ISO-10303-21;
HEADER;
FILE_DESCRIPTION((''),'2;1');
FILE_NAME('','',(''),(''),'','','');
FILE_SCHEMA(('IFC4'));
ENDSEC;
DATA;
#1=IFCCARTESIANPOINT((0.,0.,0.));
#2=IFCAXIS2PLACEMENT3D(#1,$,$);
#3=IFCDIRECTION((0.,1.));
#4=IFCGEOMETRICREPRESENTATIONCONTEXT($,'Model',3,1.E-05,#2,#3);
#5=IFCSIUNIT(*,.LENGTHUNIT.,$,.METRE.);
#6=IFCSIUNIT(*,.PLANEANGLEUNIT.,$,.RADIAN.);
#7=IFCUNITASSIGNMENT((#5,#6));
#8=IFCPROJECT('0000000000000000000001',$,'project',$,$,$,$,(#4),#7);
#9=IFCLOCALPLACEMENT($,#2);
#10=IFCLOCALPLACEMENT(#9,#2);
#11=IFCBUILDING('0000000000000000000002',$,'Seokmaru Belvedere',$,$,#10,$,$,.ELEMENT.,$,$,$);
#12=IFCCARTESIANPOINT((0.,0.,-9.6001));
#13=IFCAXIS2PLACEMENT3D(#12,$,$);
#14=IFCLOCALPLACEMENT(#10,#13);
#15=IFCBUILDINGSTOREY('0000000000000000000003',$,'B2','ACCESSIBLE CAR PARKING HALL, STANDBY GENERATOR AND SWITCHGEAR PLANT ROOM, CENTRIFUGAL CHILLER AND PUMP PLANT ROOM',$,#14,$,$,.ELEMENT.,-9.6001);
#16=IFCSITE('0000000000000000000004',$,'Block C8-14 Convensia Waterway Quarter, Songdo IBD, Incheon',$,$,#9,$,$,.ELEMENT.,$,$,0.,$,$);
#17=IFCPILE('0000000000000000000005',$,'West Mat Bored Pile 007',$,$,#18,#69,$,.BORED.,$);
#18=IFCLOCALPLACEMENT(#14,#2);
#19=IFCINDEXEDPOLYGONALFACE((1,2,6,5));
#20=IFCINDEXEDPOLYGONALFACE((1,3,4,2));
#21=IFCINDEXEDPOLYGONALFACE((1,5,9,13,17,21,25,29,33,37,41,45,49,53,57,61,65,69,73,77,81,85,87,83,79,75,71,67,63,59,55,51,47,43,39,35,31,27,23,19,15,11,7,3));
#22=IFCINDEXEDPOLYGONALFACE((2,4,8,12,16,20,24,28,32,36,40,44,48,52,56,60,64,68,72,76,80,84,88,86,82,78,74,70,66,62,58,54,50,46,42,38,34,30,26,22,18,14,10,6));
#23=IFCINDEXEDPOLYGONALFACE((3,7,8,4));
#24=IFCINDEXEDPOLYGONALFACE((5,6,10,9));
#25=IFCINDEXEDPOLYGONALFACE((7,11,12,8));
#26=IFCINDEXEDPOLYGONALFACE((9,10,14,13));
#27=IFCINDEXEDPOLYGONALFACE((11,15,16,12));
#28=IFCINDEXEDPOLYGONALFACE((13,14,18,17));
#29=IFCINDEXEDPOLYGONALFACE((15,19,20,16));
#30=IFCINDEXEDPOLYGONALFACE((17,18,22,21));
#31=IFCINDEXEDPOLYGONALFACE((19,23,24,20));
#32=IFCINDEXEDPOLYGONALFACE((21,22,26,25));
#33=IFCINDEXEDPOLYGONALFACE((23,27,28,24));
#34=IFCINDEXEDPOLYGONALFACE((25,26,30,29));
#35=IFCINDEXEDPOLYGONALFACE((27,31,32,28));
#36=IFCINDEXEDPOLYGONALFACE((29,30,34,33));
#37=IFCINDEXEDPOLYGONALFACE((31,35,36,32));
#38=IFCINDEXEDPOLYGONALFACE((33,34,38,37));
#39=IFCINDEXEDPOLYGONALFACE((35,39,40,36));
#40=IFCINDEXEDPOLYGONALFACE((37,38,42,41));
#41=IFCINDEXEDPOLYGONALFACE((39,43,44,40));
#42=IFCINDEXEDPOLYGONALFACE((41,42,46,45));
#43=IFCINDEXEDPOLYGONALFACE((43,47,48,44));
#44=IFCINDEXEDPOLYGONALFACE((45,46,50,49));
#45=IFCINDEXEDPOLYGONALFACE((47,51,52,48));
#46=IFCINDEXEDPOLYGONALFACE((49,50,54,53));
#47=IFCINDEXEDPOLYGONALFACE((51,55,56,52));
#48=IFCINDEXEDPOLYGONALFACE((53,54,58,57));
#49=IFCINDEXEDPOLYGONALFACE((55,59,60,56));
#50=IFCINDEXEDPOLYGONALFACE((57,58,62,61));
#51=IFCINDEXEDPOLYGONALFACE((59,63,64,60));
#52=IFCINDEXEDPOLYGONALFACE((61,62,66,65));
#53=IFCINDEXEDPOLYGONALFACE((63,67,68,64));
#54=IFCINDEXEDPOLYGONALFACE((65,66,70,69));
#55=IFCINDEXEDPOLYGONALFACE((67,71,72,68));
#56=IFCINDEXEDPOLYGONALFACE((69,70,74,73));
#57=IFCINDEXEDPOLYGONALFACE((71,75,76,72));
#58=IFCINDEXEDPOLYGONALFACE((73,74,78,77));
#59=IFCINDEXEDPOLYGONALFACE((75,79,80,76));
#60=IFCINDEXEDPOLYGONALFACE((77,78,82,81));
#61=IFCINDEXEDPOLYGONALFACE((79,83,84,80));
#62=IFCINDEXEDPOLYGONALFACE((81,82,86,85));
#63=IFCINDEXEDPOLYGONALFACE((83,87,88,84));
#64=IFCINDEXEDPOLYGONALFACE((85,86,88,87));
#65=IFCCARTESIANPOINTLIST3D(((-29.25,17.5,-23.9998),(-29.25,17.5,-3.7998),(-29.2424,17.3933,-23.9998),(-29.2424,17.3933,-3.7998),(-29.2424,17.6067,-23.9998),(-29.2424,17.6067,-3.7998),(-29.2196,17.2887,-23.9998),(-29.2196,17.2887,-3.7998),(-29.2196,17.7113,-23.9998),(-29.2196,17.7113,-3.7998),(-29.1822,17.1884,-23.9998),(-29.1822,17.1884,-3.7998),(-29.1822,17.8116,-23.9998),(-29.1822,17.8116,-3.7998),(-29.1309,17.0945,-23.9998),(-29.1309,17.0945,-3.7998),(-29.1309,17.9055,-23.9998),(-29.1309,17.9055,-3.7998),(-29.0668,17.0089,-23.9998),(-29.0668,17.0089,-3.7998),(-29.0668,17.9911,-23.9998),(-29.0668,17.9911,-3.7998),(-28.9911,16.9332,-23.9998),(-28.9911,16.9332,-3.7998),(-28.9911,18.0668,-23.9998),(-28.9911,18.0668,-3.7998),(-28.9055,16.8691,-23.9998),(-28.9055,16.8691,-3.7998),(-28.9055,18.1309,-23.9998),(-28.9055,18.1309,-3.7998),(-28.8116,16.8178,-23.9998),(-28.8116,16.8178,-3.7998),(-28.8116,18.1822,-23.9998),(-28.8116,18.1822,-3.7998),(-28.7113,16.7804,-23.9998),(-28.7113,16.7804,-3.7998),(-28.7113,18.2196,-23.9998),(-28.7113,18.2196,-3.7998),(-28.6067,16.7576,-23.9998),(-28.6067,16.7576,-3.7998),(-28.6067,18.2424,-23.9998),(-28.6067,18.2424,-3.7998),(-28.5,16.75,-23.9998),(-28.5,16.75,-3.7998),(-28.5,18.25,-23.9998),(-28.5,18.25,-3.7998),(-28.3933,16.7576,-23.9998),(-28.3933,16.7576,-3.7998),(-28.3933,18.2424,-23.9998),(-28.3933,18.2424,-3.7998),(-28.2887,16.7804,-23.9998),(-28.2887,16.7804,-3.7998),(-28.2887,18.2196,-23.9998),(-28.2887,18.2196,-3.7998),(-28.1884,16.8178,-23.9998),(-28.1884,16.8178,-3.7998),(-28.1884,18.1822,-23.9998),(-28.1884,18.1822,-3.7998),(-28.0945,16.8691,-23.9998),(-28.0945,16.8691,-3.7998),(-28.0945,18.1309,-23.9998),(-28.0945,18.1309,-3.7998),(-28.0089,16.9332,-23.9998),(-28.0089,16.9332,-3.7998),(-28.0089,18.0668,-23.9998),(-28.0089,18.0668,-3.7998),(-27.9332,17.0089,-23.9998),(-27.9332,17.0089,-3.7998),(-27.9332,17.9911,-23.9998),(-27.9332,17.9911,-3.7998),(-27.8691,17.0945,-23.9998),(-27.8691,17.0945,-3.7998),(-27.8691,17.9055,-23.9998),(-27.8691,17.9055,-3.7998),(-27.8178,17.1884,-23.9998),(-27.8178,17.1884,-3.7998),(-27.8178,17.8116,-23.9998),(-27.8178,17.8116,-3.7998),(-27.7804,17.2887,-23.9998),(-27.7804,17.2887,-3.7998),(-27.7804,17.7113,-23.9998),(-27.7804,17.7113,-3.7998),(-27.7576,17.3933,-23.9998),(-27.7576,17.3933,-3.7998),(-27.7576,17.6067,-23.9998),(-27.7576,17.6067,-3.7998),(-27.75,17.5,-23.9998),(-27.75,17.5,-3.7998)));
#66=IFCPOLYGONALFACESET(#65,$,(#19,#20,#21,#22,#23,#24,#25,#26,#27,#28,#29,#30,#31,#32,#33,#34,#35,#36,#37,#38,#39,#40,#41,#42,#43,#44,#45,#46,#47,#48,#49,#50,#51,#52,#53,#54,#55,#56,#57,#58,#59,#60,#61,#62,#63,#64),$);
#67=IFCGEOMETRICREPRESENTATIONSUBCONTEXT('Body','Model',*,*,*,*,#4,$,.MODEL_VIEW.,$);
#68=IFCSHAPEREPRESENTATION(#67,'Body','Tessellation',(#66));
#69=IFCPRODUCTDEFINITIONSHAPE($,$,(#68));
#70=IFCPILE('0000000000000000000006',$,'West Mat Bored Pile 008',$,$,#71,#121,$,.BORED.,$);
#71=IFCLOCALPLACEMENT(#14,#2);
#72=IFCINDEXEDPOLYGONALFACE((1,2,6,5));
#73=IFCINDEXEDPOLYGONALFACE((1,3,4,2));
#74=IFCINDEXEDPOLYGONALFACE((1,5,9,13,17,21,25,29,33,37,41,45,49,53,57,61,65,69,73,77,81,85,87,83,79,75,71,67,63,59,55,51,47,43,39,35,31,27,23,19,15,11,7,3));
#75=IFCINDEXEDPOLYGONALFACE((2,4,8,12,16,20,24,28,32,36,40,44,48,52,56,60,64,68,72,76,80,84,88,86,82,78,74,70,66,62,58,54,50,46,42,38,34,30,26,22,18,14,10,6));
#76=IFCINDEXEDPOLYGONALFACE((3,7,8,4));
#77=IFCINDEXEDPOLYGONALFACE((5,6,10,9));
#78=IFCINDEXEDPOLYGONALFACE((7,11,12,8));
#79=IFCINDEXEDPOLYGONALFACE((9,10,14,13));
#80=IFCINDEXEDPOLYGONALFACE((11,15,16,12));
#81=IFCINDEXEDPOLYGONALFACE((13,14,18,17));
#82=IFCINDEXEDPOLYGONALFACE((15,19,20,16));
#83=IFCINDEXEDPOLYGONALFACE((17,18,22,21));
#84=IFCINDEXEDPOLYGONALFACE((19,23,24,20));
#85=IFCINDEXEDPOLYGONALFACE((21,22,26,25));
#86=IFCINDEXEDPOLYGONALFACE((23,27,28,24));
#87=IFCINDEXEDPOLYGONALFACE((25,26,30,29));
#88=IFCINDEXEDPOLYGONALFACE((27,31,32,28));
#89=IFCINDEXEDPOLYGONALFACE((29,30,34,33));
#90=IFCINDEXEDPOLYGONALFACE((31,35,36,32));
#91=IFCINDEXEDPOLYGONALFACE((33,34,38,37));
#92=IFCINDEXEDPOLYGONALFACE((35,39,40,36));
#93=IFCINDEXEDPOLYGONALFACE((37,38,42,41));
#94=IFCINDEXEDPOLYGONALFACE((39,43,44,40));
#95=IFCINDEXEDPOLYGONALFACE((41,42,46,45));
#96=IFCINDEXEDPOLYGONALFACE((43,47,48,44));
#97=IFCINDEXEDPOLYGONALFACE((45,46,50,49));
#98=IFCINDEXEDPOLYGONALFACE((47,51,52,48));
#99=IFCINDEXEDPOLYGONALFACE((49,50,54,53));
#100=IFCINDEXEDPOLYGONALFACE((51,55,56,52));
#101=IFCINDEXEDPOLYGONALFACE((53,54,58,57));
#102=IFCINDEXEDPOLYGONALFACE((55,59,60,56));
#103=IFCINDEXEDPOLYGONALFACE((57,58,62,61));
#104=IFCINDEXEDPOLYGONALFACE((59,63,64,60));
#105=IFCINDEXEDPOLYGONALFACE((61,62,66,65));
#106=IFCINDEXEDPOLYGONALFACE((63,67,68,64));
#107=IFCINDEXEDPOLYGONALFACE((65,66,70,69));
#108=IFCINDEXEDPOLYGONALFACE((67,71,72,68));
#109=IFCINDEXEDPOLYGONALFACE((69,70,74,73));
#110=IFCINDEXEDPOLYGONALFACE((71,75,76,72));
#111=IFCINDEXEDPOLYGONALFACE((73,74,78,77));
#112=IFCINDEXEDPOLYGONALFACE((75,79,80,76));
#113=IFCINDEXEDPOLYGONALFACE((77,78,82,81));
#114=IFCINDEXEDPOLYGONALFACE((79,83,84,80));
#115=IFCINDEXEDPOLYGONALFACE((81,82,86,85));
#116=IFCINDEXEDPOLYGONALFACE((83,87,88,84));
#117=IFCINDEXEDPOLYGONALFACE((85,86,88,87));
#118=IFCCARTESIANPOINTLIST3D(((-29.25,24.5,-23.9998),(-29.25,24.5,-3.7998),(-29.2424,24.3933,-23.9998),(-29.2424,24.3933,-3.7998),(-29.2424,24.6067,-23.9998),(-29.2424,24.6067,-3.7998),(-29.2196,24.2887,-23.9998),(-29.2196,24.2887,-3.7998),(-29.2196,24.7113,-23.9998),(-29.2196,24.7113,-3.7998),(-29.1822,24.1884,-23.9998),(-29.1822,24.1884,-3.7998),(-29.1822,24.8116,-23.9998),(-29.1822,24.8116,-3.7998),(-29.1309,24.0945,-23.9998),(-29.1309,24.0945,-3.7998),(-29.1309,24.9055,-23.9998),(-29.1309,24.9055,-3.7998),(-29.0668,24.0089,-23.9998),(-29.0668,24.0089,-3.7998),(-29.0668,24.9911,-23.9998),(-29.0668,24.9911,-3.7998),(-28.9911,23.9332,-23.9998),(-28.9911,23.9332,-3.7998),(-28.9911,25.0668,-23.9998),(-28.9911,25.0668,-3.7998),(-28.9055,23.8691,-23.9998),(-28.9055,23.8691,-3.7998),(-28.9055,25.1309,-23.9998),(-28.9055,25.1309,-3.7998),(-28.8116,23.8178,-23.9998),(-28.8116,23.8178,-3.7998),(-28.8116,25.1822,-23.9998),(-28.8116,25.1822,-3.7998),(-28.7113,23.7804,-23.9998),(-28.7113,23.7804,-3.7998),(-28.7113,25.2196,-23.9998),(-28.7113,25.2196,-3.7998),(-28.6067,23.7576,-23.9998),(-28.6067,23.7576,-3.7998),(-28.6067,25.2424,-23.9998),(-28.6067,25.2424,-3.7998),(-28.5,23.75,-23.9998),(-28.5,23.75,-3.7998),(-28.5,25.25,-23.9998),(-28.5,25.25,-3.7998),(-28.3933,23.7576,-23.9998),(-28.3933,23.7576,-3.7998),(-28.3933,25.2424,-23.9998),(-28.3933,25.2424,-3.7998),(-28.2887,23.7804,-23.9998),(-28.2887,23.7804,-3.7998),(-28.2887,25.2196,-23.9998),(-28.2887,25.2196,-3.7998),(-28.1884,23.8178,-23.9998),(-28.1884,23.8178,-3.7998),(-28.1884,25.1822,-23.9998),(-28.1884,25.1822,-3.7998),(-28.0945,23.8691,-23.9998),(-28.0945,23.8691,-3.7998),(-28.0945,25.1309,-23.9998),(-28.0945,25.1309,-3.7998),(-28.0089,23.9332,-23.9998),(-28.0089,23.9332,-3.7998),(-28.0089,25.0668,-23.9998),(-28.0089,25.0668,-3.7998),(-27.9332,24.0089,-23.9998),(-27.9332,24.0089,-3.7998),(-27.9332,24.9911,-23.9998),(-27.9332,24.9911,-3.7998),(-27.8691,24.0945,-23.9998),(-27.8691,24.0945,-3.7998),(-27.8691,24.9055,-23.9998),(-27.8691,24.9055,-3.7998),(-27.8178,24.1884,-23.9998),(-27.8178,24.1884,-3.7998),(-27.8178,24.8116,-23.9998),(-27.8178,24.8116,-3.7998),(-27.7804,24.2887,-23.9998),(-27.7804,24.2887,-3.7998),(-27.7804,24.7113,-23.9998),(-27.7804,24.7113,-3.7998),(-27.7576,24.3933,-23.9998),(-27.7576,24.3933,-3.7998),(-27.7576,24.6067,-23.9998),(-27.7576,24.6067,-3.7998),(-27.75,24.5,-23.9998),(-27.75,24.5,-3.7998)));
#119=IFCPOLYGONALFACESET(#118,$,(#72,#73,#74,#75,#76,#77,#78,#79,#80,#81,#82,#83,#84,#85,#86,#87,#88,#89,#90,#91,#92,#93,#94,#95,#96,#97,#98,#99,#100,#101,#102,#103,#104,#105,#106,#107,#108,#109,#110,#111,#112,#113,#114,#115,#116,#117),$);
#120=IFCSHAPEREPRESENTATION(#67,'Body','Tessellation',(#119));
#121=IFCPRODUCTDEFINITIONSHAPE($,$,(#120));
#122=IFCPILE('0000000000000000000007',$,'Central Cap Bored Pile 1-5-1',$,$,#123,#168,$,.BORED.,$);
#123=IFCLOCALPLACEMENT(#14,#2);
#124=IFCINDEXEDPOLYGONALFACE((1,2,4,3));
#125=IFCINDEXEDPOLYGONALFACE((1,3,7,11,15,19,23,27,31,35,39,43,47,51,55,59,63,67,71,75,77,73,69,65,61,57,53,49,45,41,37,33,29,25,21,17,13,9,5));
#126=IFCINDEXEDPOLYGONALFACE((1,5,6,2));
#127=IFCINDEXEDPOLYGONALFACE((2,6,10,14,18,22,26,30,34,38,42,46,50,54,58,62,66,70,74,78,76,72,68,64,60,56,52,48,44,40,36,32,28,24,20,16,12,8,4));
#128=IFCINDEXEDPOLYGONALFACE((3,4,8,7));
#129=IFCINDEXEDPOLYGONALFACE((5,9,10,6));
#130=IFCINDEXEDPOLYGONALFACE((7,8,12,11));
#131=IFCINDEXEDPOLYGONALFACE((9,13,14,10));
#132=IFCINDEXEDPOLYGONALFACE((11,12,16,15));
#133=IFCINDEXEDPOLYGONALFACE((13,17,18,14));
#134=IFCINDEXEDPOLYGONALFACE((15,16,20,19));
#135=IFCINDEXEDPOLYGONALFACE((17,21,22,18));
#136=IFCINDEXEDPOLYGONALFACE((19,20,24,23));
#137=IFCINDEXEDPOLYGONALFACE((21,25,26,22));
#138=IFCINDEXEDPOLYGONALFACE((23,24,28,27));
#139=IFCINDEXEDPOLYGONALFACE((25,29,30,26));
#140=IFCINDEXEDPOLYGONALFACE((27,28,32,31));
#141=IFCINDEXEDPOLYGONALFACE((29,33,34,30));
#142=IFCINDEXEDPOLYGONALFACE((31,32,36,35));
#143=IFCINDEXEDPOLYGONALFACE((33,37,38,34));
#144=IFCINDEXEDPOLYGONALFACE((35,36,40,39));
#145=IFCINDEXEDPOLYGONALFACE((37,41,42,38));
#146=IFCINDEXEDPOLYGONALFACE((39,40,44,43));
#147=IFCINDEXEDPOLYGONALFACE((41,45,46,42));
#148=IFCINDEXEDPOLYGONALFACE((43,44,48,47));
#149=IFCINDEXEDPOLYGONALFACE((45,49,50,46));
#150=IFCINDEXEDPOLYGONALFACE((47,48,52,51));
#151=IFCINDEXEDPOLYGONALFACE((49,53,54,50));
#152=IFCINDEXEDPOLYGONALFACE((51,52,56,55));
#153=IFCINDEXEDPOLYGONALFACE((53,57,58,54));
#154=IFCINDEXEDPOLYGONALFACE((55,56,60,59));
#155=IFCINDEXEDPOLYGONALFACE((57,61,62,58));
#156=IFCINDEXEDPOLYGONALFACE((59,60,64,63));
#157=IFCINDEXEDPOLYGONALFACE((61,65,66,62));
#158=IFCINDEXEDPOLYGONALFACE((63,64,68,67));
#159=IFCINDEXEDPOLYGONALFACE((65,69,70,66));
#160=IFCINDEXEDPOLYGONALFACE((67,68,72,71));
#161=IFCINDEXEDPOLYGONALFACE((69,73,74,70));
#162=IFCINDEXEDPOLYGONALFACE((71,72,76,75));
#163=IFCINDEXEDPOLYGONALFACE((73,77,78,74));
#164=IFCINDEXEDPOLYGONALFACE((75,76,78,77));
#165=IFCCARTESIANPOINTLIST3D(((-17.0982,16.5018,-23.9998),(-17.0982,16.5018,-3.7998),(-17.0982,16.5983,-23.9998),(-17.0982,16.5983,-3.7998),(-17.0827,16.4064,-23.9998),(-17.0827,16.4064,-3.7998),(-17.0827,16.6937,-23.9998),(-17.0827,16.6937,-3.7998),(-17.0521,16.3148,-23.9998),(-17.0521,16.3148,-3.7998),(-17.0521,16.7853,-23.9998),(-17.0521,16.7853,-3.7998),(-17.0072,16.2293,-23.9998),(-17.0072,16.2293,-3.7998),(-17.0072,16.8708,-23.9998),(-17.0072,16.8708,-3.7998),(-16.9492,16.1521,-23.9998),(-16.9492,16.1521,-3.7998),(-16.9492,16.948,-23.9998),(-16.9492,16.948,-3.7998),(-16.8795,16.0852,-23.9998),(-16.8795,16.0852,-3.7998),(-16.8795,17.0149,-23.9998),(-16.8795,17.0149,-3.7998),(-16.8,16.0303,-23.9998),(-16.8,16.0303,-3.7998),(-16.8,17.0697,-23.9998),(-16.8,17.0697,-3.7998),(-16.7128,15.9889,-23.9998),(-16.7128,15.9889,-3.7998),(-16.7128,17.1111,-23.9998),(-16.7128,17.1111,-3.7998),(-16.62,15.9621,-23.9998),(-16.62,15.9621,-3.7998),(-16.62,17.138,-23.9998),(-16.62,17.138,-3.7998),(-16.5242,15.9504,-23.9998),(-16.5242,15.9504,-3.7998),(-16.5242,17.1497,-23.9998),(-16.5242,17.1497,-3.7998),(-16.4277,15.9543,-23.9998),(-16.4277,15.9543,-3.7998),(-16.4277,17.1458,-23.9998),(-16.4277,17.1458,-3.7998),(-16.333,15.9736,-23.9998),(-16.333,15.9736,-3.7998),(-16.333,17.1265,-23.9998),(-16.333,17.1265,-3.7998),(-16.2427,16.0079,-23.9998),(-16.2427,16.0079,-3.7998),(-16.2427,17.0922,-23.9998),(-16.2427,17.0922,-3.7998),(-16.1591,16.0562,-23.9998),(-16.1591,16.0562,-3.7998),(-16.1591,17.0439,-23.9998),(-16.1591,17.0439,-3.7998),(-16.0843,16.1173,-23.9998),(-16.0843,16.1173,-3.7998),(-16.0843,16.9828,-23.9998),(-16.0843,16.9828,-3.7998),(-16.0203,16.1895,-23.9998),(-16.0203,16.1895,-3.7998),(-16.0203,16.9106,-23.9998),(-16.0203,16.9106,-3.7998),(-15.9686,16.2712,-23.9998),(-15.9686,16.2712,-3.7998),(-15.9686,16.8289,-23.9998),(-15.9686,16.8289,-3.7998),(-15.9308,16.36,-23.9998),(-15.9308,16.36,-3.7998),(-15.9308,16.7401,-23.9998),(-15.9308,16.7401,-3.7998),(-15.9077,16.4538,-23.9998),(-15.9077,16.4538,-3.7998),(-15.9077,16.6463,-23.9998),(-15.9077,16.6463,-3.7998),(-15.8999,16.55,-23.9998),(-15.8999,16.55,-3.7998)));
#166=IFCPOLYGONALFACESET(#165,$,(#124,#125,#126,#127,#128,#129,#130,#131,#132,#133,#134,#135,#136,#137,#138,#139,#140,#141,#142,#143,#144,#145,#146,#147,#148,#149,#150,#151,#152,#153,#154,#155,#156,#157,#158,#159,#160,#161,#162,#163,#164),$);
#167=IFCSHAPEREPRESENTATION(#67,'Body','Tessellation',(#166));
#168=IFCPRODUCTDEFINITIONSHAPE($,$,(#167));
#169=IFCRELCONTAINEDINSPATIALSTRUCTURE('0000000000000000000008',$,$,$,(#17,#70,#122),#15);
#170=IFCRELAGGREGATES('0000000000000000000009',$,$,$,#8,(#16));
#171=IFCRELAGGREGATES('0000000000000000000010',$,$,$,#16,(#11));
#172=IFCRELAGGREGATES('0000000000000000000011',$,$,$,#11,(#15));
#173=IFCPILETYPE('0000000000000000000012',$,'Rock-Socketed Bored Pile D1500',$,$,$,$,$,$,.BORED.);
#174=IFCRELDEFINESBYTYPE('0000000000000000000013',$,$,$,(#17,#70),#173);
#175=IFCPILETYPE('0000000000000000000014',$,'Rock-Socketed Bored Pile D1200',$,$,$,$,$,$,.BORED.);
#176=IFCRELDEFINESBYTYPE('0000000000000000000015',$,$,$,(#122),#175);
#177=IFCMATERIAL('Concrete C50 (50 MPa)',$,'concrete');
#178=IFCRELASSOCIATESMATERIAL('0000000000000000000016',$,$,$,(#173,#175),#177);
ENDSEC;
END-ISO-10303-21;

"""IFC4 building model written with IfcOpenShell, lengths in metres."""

from ifc_helpers import new_model, si_unit, direction, frame, origin, origin_2d, place, context, subcontext, project, spatial, circle, extrude, source, transform, mapped, material, material_profile, profile_set, type_object, type_shapes, element, save


model = new_model("IFC4")

# Units and contexts
model_context = context("Model", 3, precision=1e-05, world=origin(), true_north=direction((0.0, 1.0)))
body_context = subcontext(model_context, "Body", "Model", "MODEL_VIEW")
ifc_project = project(units=[si_unit("LENGTHUNIT", "METRE"), si_unit("PLANEANGLEUNIT", "RADIAN")], contexts=[model_context])

# Site, building, storey
site_placement = place(None, origin())
site = spatial("IfcSite", under=ifc_project, at=site_placement, Name="Block C8-14 Convensia Waterway Quarter, Songdo IBD, Incheon", CompositionType="ELEMENT", RefElevation=0.0)
building_placement = place(site_placement, origin())
building = spatial("IfcBuilding", under=site, at=building_placement, Name="Seokmaru Belvedere", CompositionType="ELEMENT")
storey_placement = place(building_placement, frame((0.0, 0.0, -9.6001)))
storey = spatial("IfcBuildingStorey", under=building, at=storey_placement, Name="B2", Description="ACCESSIBLE CAR PARKING HALL, STANDBY GENERATOR AND SWITCHGEAR PLANT ROOM, CENTRIFUGAL CHILLER AND PUMP PLANT ROOM", CompositionType="ELEMENT", Elevation=-9.6001)

# Piles
ifc_material_1 = material(Name="Concrete C50 (50 MPa)", Category="concrete")
ifc_material_profile_1 = material_profile(ifc_material_1, circle(Radius=0.75, at=origin_2d()), Name="PILE-D1500")
ifc_profile_set_1 = profile_set([ifc_material_profile_1], Name="Concrete C50 (50 MPa)")
pile_type_1 = type_object("IfcPileType", Name="Rock-Socketed Bored Pile D1500", PredefinedType="BORED", material=ifc_profile_set_1)
shared_shape_1 = source(origin(), body_context, "Body", "SweptSolid", [
    extrude(circle(Radius=0.75, at=origin_2d()), origin(), (0.0, 0.0, 1.0), 20.2),
])
type_shapes(pile_type_1, [shared_shape_1])
for number, where, z_axis, x_axis, name in (
    (1, (-28.5, 17.5, -3.7998), (0.0, 0.0, -1.0), (1.0, 0.0, 0.0), "West Mat Bored Pile 007"),
    (2, (-28.5, 24.5, -3.7998), (0.0, 0.0, -1.0), (1.0, 0.0, 0.0), "West Mat Bored Pile 008"),
):
    element("IfcPile", number, at=place(storey_placement, frame(where, z_axis=z_axis, x_axis=x_axis)), inside=storey, type_object=pile_type_1, Name=name, PredefinedType="BORED", context=body_context, shape_type="MappedRepresentation", body=[
        mapped(shared_shape_1, transform((0.0, 0.0, 0.0), scale=1.0)),
    ])
ifc_material_profile_2 = material_profile(ifc_material_1, circle(Radius=0.6001, at=origin_2d()), Name="PILE-D1200")
ifc_profile_set_2 = profile_set([ifc_material_profile_2], Name="Concrete C50 (50 MPa)")
pile_type_2 = type_object("IfcPileType", Name="Rock-Socketed Bored Pile D1200", PredefinedType="BORED", material=ifc_profile_set_2)
shared_shape_2 = source(origin(), body_context, "Body", "SweptSolid", [
    extrude(circle(Radius=0.6001, at=origin_2d()), origin(), (0.0, 0.0, 1.0), 20.2),
])
type_shapes(pile_type_2, [shared_shape_2])
for number, where, z_axis, x_axis, name in (
    (3, (-16.5, 16.55, -3.7998), (0.0, 0.0, -1.0), (1.0, 0.0, 0.0), "Central Cap Bored Pile 1-5-1"),
):
    element("IfcPile", number, at=place(storey_placement, frame(where, z_axis=z_axis, x_axis=x_axis)), inside=storey, type_object=pile_type_2, Name=name, PredefinedType="BORED", context=body_context, shape_type="MappedRepresentation", body=[
        mapped(shared_shape_2, transform((0.0, 0.0, 0.0), scale=1.0)),
    ])

save(model, "model.ifc")
